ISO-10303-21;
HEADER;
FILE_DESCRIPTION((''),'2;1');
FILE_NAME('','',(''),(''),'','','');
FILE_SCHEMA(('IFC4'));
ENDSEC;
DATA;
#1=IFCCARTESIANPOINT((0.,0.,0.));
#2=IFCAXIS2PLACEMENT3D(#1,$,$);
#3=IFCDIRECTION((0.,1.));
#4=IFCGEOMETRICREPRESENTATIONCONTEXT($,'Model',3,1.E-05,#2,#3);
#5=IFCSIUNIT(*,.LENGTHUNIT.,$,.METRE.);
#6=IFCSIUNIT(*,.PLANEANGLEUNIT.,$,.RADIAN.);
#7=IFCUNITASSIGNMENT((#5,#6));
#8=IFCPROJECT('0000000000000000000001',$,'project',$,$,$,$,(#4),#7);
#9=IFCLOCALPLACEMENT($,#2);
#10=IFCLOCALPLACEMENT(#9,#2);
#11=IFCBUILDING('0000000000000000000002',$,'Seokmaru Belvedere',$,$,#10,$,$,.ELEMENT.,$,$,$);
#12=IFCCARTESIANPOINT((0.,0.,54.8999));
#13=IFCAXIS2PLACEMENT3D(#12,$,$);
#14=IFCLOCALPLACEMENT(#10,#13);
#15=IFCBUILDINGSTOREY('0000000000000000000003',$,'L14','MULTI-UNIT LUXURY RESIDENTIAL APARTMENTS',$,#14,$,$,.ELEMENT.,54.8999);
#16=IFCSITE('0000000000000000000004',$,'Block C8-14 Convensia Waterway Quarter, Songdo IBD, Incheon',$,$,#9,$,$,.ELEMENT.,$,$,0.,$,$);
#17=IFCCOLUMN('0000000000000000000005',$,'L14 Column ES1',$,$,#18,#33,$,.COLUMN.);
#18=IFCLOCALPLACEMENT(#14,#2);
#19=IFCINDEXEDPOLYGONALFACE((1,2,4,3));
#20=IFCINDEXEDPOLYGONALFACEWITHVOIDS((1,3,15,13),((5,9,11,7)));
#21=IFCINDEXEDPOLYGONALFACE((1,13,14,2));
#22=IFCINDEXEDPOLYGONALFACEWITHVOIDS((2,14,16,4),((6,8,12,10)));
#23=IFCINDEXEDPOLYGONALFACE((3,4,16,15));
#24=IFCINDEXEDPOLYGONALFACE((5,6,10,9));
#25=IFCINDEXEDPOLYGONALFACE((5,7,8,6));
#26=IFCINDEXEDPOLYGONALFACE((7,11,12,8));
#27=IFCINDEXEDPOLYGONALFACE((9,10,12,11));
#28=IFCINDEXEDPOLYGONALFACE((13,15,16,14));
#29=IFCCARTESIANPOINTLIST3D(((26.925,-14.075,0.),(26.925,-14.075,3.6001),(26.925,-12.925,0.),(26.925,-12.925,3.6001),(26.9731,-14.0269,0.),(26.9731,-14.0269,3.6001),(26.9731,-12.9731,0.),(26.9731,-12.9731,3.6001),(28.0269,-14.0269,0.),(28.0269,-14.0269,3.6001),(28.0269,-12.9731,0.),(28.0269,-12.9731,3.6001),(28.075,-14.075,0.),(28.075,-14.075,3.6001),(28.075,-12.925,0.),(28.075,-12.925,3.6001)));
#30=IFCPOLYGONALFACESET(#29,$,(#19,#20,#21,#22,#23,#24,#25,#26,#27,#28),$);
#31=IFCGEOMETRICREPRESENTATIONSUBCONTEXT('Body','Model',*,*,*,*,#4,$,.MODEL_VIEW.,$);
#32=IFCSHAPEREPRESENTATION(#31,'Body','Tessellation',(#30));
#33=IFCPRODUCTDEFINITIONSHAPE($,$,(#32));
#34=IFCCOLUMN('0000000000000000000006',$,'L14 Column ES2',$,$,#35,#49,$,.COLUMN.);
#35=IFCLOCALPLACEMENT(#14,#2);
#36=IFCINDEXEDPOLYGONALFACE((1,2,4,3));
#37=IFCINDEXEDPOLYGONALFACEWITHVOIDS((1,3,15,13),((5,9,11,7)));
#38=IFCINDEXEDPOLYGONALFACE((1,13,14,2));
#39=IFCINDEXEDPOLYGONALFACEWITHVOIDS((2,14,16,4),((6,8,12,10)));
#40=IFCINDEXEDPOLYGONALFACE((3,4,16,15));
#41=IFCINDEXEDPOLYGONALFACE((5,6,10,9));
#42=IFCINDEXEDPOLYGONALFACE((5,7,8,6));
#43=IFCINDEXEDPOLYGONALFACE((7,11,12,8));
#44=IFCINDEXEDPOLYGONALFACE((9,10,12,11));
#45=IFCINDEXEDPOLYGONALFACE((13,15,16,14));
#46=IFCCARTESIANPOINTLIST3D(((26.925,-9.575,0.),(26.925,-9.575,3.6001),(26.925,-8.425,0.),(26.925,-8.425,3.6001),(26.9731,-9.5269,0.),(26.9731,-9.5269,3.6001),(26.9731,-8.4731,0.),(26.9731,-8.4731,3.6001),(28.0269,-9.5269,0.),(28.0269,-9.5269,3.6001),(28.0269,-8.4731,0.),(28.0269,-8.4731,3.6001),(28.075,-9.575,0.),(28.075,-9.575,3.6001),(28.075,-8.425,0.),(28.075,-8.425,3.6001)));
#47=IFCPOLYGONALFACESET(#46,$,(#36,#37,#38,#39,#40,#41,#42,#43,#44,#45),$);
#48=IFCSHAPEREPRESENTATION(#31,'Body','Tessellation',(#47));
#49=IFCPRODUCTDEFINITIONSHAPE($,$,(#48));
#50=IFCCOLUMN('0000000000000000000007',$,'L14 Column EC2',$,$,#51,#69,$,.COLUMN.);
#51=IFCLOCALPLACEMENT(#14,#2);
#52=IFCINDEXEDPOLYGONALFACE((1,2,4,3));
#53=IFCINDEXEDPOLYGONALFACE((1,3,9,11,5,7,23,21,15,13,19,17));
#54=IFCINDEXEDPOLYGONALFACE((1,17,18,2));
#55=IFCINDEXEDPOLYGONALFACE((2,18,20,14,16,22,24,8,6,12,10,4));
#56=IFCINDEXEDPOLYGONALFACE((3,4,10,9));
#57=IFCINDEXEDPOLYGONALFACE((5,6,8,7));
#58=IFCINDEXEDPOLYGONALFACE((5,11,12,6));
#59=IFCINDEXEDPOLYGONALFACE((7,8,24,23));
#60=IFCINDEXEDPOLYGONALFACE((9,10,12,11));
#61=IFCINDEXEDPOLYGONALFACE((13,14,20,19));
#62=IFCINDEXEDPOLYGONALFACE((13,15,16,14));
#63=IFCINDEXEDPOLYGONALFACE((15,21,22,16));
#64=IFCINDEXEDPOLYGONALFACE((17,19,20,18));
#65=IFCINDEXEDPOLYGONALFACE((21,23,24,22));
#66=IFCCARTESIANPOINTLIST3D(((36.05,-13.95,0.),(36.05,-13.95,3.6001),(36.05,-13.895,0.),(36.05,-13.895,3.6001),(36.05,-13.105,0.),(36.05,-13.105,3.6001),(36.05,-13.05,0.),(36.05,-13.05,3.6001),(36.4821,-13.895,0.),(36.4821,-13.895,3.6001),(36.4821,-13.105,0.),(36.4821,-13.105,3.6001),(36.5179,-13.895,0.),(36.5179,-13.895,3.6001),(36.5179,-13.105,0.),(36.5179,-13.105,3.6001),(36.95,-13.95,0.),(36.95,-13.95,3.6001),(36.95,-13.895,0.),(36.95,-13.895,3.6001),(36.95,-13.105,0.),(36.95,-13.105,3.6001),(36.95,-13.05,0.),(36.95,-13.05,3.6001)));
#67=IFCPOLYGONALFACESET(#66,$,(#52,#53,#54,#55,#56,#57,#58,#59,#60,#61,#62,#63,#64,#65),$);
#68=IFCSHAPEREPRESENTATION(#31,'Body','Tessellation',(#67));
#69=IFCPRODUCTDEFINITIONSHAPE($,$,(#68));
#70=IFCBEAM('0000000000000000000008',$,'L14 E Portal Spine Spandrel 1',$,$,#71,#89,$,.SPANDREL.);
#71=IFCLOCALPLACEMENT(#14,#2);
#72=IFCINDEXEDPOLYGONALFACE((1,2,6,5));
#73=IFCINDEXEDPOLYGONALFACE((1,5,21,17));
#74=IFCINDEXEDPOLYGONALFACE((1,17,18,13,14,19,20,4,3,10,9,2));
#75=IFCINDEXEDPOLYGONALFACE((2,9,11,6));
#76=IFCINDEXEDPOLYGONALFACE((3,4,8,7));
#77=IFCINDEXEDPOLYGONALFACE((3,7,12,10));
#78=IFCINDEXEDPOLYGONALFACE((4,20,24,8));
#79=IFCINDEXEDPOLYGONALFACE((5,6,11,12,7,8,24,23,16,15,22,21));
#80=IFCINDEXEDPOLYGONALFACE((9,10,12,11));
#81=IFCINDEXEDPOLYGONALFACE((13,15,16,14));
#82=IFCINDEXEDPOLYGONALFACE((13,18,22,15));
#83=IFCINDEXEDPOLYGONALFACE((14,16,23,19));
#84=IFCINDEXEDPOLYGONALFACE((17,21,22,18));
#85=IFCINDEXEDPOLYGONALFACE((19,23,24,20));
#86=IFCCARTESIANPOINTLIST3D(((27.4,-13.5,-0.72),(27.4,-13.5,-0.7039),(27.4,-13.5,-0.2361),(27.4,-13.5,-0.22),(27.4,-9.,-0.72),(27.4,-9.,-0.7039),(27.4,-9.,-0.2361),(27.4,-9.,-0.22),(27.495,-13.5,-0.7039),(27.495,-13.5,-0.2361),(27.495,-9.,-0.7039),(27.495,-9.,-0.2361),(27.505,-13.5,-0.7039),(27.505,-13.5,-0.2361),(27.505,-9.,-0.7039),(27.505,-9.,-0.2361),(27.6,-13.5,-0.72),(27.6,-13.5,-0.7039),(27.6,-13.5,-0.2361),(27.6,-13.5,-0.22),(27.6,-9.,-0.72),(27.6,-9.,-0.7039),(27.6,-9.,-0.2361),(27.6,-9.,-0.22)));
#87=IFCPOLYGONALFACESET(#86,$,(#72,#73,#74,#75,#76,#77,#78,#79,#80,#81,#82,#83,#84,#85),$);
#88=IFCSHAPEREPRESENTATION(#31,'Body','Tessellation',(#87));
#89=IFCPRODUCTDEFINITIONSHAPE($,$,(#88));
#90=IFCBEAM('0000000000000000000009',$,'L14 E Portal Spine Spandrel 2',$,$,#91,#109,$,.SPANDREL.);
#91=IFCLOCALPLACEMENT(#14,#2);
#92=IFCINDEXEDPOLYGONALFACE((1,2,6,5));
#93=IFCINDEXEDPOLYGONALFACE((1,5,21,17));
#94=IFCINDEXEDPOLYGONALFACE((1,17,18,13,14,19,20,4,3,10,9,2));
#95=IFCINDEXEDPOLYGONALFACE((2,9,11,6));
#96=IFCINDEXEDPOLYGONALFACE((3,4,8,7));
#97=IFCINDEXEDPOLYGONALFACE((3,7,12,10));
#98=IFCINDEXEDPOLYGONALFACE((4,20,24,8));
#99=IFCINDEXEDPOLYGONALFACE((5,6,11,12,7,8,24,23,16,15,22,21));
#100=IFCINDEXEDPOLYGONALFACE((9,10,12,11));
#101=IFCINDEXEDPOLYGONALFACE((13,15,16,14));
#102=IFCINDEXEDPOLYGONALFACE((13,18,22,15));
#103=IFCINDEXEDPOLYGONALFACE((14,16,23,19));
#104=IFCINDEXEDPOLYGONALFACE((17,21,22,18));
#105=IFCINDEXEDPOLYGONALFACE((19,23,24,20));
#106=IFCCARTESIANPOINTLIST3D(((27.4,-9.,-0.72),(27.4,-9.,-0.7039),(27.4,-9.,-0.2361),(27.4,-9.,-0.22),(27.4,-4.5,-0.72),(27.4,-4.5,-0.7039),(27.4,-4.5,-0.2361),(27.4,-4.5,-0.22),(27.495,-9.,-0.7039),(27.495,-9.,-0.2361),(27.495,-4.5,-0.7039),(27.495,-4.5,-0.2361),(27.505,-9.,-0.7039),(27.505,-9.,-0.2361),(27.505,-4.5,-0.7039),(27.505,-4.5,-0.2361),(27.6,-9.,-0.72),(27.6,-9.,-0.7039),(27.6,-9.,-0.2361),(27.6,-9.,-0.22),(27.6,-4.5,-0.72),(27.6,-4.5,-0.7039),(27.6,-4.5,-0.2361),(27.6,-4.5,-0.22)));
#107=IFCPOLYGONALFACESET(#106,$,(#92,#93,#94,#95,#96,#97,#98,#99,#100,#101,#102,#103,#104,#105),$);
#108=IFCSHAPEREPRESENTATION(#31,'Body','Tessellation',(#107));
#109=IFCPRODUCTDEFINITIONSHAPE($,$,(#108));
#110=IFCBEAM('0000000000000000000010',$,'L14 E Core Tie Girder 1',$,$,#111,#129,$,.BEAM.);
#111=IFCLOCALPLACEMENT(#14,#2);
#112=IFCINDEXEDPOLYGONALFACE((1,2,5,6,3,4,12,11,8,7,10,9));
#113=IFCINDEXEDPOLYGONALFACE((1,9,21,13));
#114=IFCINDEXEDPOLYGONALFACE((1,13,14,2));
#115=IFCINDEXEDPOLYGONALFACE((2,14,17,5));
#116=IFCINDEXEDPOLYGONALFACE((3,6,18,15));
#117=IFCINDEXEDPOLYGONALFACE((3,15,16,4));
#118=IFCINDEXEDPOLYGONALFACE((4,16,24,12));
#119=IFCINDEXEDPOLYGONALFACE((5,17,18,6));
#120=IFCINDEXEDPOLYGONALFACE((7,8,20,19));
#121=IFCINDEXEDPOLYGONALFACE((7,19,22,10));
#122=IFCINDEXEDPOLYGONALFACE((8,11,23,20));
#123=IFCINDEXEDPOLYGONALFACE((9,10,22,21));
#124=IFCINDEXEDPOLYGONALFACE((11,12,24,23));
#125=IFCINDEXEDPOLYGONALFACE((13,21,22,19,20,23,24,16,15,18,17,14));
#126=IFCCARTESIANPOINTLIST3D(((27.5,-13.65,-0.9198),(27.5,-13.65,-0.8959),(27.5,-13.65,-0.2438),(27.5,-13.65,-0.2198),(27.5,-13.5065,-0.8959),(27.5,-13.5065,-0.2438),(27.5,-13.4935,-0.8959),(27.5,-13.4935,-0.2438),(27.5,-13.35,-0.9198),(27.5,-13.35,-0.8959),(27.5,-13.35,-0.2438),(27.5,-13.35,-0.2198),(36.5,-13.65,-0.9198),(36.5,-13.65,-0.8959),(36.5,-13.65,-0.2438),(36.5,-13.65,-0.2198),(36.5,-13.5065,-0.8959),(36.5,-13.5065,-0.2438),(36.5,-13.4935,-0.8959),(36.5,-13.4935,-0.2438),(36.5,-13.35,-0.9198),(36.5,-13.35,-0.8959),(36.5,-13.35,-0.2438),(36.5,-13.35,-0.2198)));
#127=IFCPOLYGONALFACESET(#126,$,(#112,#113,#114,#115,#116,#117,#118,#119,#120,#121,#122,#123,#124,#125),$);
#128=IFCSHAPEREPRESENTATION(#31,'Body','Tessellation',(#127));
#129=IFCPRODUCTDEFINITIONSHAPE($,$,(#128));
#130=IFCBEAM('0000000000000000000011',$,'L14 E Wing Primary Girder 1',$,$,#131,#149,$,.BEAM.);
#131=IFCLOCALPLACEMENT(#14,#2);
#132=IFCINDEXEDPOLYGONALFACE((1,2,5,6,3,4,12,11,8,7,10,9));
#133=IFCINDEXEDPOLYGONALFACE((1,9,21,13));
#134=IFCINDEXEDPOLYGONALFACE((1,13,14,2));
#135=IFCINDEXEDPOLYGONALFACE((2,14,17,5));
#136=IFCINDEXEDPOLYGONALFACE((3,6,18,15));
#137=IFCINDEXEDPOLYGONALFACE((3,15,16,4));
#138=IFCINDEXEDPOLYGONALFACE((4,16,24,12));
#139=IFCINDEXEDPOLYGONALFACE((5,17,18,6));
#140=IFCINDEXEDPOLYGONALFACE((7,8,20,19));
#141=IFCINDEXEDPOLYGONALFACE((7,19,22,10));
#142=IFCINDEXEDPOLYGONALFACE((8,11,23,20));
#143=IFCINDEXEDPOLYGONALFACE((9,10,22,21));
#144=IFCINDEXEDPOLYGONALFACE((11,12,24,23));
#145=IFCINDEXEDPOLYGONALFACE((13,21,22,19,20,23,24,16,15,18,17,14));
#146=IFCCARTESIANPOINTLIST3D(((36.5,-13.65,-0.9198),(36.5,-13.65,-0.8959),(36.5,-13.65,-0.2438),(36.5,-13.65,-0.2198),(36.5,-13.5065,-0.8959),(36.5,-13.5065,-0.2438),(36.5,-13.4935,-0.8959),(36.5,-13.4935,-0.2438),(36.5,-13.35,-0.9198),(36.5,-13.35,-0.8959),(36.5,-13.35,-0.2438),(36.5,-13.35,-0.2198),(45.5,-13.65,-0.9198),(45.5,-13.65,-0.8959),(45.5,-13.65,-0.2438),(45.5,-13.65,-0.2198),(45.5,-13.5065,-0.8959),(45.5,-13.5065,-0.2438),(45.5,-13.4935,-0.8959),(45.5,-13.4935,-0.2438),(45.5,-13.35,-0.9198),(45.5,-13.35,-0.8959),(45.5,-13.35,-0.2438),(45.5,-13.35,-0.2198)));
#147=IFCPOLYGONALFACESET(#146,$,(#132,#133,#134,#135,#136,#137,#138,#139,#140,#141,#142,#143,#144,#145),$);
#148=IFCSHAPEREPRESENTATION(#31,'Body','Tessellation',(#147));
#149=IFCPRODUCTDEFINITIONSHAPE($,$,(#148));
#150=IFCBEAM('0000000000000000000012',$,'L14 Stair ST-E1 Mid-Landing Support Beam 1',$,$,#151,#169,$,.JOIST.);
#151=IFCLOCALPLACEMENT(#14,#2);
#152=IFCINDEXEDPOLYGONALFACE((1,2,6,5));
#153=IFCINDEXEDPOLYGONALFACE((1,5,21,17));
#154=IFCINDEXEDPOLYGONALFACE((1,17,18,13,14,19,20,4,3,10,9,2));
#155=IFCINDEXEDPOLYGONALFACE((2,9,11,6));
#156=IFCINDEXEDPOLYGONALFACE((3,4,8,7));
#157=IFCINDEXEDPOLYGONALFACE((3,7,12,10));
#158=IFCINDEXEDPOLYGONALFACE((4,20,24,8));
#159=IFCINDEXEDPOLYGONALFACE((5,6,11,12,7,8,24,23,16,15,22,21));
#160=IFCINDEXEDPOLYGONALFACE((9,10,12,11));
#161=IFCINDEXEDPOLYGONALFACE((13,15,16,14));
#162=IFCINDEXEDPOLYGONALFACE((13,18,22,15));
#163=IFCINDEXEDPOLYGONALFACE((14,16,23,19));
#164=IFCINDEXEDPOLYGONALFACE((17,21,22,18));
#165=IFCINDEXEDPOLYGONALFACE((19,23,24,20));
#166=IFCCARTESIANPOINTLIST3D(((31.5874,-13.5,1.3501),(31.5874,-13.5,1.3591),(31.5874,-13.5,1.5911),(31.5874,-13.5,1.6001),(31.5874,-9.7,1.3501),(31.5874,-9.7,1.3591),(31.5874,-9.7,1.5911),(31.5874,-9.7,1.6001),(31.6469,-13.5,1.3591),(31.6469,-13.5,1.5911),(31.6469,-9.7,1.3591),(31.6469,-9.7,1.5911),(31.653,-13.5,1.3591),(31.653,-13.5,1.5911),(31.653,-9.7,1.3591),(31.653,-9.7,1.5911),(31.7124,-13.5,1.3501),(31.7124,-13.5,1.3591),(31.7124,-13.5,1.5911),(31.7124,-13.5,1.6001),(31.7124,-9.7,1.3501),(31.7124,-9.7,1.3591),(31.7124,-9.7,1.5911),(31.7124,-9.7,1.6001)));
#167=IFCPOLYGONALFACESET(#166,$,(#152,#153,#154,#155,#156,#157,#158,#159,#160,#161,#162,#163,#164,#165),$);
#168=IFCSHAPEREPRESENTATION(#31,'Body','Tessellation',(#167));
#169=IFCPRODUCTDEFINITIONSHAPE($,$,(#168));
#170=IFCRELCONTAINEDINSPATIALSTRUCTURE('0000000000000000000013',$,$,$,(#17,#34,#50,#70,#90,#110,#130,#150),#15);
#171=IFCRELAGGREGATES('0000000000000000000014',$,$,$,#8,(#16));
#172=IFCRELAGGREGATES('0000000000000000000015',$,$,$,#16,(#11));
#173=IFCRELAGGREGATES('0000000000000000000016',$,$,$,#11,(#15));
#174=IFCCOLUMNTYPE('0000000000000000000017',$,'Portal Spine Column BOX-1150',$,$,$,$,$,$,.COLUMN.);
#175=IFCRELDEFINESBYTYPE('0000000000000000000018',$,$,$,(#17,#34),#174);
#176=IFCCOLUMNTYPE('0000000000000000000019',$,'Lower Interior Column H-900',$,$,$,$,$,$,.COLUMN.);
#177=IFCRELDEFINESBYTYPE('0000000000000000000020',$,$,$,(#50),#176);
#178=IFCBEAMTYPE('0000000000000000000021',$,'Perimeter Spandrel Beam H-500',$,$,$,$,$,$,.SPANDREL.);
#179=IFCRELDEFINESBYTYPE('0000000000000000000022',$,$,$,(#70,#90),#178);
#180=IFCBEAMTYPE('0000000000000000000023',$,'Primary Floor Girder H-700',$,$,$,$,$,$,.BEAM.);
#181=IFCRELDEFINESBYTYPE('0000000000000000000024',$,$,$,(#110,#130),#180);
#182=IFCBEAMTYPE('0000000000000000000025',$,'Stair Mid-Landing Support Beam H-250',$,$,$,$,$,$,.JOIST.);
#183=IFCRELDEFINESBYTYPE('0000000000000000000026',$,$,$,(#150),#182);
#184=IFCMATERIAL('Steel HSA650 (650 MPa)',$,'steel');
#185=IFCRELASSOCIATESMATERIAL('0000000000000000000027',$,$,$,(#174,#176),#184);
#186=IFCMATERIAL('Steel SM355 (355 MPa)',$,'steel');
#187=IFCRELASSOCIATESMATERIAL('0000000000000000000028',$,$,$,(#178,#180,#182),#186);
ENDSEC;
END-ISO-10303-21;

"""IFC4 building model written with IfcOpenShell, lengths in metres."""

from ifc_helpers import new_model, si_unit, direction, frame, origin, origin_2d, place, context, subcontext, project, spatial, hollow_rectangle, i_section, extrude, source, transform, mapped, material, material_profile, profile_set, type_object, type_shapes, element, save


model = new_model("IFC4")

# Units and contexts
model_context = context("Model", 3, precision=1e-05, world=origin(), true_north=direction((0.0, 1.0)))
body_context = subcontext(model_context, "Body", "Model", "MODEL_VIEW")
ifc_project = project(units=[si_unit("LENGTHUNIT", "METRE"), si_unit("PLANEANGLEUNIT", "RADIAN")], contexts=[model_context])

# Site, building, storey
site_placement = place(None, origin())
site = spatial("IfcSite", under=ifc_project, at=site_placement, Name="Block C8-14 Convensia Waterway Quarter, Songdo IBD, Incheon", CompositionType="ELEMENT", RefElevation=0.0)
building_placement = place(site_placement, origin())
building = spatial("IfcBuilding", under=site, at=building_placement, Name="Seokmaru Belvedere", CompositionType="ELEMENT")
storey_placement = place(building_placement, frame((0.0, 0.0, 54.8999)))
storey = spatial("IfcBuildingStorey", under=building, at=storey_placement, Name="L14", Description="MULTI-UNIT LUXURY RESIDENTIAL APARTMENTS", CompositionType="ELEMENT", Elevation=54.8999)

# Columns
ifc_material_1 = material(Name="Steel HSA650 (650 MPa)", Category="steel")
ifc_material_profile_1 = material_profile(ifc_material_1, hollow_rectangle(XDim=1.1499, YDim=1.1499, WallThickness=0.0481, at=origin_2d()), Name="BOX-1150x1150x48")
ifc_profile_set_1 = profile_set([ifc_material_profile_1], Name="Steel HSA650 (650 MPa)")
column_type_1 = type_object("IfcColumnType", Name="Portal Spine Column BOX-1150", PredefinedType="COLUMN", material=ifc_profile_set_1)
shared_shape_1 = source(origin(), body_context, "Body", "SweptSolid", [
    extrude(hollow_rectangle(XDim=1.1499, YDim=1.1499, WallThickness=0.0481, at=origin_2d()), origin(), (0.0, 0.0, 1.0), 3.6001),
])
type_shapes(column_type_1, [shared_shape_1])
for number, where, z_axis, x_axis, name in (
    (1, (27.5, -13.5, 0.0), (0.0, 0.0, 1.0), (1.0, 0.0, 0.0), "L14 Column ES1"),
    (2, (27.5, -9.0, 0.0), (0.0, 0.0, 1.0), (1.0, 0.0, 0.0), "L14 Column ES2"),
):
    element("IfcColumn", number, at=place(storey_placement, frame(where, z_axis=z_axis, x_axis=x_axis)), inside=storey, type_object=column_type_1, Name=name, PredefinedType="COLUMN", context=body_context, shape_type="MappedRepresentation", body=[
        mapped(shared_shape_1, transform((0.0, 0.0, 0.0), scale=1.0)),
    ])
ifc_material_profile_2 = material_profile(ifc_material_1, i_section(OverallWidth=0.8999, OverallDepth=0.8999, WebThickness=0.0359, FlangeThickness=0.0549, at=origin_2d()), Name="H-900x900x36x55")
ifc_profile_set_2 = profile_set([ifc_material_profile_2], Name="Steel HSA650 (650 MPa)")
column_type_2 = type_object("IfcColumnType", Name="Lower Interior Column H-900", PredefinedType="COLUMN", material=ifc_profile_set_2)
shared_shape_2 = source(origin(), body_context, "Body", "SweptSolid", [
    extrude(i_section(OverallWidth=0.8999, OverallDepth=0.8999, WebThickness=0.0359, FlangeThickness=0.0549, at=origin_2d()), origin(), (0.0, 0.0, 1.0), 3.6001),
])
type_shapes(column_type_2, [shared_shape_2])
column_placement = place(storey_placement, frame((36.5, -13.5, 0.0), z_axis=(0.0, 0.0, 1.0), x_axis=(1.0, 0.0, 0.0)))
element("IfcColumn", 3, at=column_placement, inside=storey, type_object=column_type_2, Name="L14 Column EC2", PredefinedType="COLUMN", context=body_context, shape_type="MappedRepresentation", body=[
    mapped(shared_shape_2, transform((0.0, 0.0, 0.0), scale=1.0)),
])

# Beams
ifc_material_2 = material(Name="Steel SM355 (355 MPa)", Category="steel")
ifc_material_profile_3 = material_profile(ifc_material_2, i_section(OverallWidth=0.2, OverallDepth=0.5, WebThickness=0.01, FlangeThickness=0.0161, at=origin_2d()), Name="H-500x200x10x16")
ifc_profile_set_3 = profile_set([ifc_material_profile_3], Name="Steel SM355 (355 MPa)")
beam_type_1 = type_object("IfcBeamType", Name="Perimeter Spandrel Beam H-500", PredefinedType="SPANDREL", material=ifc_profile_set_3)
shared_shape_3 = source(origin(), body_context, "Body", "SweptSolid", [
    extrude(i_section(OverallWidth=0.2, OverallDepth=0.5, WebThickness=0.01, FlangeThickness=0.0161, at=origin_2d()), origin(), (0.0, 0.0, 1.0), 4.5),
])
type_shapes(beam_type_1, [shared_shape_3])
for number, where, z_axis, x_axis, name in (
    (4, (27.5, -13.5, -0.47), (0.0, 1.0, 0.0), (-1.0, 0.0, 0.0), "L14 E Portal Spine Spandrel 1"),
    (5, (27.5, -9.0, -0.47), (0.0, 1.0, 0.0), (-1.0, 0.0, 0.0), "L14 E Portal Spine Spandrel 2"),
):
    element("IfcBeam", number, at=place(storey_placement, frame(where, z_axis=z_axis, x_axis=x_axis)), inside=storey, type_object=beam_type_1, Name=name, PredefinedType="SPANDREL", context=body_context, shape_type="MappedRepresentation", body=[
        mapped(shared_shape_3, transform((0.0, 0.0, 0.0), scale=1.0)),
    ])
ifc_material_profile_4 = material_profile(ifc_material_2, i_section(OverallWidth=0.3, OverallDepth=0.7, WebThickness=0.0129, FlangeThickness=0.0239, at=origin_2d()), Name="H-700x300x13x24")
ifc_profile_set_4 = profile_set([ifc_material_profile_4], Name="Steel SM355 (355 MPa)")
beam_type_2 = type_object("IfcBeamType", Name="Primary Floor Girder H-700", PredefinedType="BEAM", material=ifc_profile_set_4)
shared_shape_4 = source(origin(), body_context, "Body", "SweptSolid", [
    extrude(i_section(OverallWidth=0.3, OverallDepth=0.7, WebThickness=0.0129, FlangeThickness=0.0239, at=origin_2d()), origin(), (0.0, 0.0, 1.0), 9.0),
])
type_shapes(beam_type_2, [shared_shape_4])
for number, where, z_axis, x_axis, name in (
    (6, (27.5, -13.5, -0.5698), (1.0, 0.0, 0.0), (0.0, 1.0, 0.0), "L14 E Core Tie Girder 1"),
    (7, (36.5, -13.5, -0.5698), (1.0, 0.0, 0.0), (0.0, 1.0, 0.0), "L14 E Wing Primary Girder 1"),
):
    element("IfcBeam", number, at=place(storey_placement, frame(where, z_axis=z_axis, x_axis=x_axis)), inside=storey, type_object=beam_type_2, Name=name, PredefinedType="BEAM", context=body_context, shape_type="MappedRepresentation", body=[
        mapped(shared_shape_4, transform((0.0, 0.0, 0.0), scale=1.0)),
    ])
ifc_material_profile_5 = material_profile(ifc_material_2, i_section(OverallWidth=0.125, OverallDepth=0.25, WebThickness=0.0061, FlangeThickness=0.009, at=origin_2d()), Name="H-250x125x6x9")
ifc_profile_set_5 = profile_set([ifc_material_profile_5], Name="Steel SM355 (355 MPa)")
beam_type_3 = type_object("IfcBeamType", Name="Stair Mid-Landing Support Beam H-250", PredefinedType="JOIST", material=ifc_profile_set_5)
shared_shape_5 = source(origin(), body_context, "Body", "SweptSolid", [
    extrude(i_section(OverallWidth=0.125, OverallDepth=0.25, WebThickness=0.0061, FlangeThickness=0.009, at=origin_2d()), origin(), (0.0, 0.0, 1.0), 3.8),
])
type_shapes(beam_type_3, [shared_shape_5])
beam_placement = place(storey_placement, frame((31.6499, -13.5, 1.4751), z_axis=(0.0, 1.0, 0.0), x_axis=(-1.0, 0.0, 0.0)))
element("IfcBeam", 8, at=beam_placement, inside=storey, type_object=beam_type_3, Name="L14 Stair ST-E1 Mid-Landing Support Beam 1", PredefinedType="JOIST", context=body_context, shape_type="MappedRepresentation", body=[
    mapped(shared_shape_5, transform((0.0, 0.0, 0.0), scale=1.0)),
])

save(model, "model.ifc")
